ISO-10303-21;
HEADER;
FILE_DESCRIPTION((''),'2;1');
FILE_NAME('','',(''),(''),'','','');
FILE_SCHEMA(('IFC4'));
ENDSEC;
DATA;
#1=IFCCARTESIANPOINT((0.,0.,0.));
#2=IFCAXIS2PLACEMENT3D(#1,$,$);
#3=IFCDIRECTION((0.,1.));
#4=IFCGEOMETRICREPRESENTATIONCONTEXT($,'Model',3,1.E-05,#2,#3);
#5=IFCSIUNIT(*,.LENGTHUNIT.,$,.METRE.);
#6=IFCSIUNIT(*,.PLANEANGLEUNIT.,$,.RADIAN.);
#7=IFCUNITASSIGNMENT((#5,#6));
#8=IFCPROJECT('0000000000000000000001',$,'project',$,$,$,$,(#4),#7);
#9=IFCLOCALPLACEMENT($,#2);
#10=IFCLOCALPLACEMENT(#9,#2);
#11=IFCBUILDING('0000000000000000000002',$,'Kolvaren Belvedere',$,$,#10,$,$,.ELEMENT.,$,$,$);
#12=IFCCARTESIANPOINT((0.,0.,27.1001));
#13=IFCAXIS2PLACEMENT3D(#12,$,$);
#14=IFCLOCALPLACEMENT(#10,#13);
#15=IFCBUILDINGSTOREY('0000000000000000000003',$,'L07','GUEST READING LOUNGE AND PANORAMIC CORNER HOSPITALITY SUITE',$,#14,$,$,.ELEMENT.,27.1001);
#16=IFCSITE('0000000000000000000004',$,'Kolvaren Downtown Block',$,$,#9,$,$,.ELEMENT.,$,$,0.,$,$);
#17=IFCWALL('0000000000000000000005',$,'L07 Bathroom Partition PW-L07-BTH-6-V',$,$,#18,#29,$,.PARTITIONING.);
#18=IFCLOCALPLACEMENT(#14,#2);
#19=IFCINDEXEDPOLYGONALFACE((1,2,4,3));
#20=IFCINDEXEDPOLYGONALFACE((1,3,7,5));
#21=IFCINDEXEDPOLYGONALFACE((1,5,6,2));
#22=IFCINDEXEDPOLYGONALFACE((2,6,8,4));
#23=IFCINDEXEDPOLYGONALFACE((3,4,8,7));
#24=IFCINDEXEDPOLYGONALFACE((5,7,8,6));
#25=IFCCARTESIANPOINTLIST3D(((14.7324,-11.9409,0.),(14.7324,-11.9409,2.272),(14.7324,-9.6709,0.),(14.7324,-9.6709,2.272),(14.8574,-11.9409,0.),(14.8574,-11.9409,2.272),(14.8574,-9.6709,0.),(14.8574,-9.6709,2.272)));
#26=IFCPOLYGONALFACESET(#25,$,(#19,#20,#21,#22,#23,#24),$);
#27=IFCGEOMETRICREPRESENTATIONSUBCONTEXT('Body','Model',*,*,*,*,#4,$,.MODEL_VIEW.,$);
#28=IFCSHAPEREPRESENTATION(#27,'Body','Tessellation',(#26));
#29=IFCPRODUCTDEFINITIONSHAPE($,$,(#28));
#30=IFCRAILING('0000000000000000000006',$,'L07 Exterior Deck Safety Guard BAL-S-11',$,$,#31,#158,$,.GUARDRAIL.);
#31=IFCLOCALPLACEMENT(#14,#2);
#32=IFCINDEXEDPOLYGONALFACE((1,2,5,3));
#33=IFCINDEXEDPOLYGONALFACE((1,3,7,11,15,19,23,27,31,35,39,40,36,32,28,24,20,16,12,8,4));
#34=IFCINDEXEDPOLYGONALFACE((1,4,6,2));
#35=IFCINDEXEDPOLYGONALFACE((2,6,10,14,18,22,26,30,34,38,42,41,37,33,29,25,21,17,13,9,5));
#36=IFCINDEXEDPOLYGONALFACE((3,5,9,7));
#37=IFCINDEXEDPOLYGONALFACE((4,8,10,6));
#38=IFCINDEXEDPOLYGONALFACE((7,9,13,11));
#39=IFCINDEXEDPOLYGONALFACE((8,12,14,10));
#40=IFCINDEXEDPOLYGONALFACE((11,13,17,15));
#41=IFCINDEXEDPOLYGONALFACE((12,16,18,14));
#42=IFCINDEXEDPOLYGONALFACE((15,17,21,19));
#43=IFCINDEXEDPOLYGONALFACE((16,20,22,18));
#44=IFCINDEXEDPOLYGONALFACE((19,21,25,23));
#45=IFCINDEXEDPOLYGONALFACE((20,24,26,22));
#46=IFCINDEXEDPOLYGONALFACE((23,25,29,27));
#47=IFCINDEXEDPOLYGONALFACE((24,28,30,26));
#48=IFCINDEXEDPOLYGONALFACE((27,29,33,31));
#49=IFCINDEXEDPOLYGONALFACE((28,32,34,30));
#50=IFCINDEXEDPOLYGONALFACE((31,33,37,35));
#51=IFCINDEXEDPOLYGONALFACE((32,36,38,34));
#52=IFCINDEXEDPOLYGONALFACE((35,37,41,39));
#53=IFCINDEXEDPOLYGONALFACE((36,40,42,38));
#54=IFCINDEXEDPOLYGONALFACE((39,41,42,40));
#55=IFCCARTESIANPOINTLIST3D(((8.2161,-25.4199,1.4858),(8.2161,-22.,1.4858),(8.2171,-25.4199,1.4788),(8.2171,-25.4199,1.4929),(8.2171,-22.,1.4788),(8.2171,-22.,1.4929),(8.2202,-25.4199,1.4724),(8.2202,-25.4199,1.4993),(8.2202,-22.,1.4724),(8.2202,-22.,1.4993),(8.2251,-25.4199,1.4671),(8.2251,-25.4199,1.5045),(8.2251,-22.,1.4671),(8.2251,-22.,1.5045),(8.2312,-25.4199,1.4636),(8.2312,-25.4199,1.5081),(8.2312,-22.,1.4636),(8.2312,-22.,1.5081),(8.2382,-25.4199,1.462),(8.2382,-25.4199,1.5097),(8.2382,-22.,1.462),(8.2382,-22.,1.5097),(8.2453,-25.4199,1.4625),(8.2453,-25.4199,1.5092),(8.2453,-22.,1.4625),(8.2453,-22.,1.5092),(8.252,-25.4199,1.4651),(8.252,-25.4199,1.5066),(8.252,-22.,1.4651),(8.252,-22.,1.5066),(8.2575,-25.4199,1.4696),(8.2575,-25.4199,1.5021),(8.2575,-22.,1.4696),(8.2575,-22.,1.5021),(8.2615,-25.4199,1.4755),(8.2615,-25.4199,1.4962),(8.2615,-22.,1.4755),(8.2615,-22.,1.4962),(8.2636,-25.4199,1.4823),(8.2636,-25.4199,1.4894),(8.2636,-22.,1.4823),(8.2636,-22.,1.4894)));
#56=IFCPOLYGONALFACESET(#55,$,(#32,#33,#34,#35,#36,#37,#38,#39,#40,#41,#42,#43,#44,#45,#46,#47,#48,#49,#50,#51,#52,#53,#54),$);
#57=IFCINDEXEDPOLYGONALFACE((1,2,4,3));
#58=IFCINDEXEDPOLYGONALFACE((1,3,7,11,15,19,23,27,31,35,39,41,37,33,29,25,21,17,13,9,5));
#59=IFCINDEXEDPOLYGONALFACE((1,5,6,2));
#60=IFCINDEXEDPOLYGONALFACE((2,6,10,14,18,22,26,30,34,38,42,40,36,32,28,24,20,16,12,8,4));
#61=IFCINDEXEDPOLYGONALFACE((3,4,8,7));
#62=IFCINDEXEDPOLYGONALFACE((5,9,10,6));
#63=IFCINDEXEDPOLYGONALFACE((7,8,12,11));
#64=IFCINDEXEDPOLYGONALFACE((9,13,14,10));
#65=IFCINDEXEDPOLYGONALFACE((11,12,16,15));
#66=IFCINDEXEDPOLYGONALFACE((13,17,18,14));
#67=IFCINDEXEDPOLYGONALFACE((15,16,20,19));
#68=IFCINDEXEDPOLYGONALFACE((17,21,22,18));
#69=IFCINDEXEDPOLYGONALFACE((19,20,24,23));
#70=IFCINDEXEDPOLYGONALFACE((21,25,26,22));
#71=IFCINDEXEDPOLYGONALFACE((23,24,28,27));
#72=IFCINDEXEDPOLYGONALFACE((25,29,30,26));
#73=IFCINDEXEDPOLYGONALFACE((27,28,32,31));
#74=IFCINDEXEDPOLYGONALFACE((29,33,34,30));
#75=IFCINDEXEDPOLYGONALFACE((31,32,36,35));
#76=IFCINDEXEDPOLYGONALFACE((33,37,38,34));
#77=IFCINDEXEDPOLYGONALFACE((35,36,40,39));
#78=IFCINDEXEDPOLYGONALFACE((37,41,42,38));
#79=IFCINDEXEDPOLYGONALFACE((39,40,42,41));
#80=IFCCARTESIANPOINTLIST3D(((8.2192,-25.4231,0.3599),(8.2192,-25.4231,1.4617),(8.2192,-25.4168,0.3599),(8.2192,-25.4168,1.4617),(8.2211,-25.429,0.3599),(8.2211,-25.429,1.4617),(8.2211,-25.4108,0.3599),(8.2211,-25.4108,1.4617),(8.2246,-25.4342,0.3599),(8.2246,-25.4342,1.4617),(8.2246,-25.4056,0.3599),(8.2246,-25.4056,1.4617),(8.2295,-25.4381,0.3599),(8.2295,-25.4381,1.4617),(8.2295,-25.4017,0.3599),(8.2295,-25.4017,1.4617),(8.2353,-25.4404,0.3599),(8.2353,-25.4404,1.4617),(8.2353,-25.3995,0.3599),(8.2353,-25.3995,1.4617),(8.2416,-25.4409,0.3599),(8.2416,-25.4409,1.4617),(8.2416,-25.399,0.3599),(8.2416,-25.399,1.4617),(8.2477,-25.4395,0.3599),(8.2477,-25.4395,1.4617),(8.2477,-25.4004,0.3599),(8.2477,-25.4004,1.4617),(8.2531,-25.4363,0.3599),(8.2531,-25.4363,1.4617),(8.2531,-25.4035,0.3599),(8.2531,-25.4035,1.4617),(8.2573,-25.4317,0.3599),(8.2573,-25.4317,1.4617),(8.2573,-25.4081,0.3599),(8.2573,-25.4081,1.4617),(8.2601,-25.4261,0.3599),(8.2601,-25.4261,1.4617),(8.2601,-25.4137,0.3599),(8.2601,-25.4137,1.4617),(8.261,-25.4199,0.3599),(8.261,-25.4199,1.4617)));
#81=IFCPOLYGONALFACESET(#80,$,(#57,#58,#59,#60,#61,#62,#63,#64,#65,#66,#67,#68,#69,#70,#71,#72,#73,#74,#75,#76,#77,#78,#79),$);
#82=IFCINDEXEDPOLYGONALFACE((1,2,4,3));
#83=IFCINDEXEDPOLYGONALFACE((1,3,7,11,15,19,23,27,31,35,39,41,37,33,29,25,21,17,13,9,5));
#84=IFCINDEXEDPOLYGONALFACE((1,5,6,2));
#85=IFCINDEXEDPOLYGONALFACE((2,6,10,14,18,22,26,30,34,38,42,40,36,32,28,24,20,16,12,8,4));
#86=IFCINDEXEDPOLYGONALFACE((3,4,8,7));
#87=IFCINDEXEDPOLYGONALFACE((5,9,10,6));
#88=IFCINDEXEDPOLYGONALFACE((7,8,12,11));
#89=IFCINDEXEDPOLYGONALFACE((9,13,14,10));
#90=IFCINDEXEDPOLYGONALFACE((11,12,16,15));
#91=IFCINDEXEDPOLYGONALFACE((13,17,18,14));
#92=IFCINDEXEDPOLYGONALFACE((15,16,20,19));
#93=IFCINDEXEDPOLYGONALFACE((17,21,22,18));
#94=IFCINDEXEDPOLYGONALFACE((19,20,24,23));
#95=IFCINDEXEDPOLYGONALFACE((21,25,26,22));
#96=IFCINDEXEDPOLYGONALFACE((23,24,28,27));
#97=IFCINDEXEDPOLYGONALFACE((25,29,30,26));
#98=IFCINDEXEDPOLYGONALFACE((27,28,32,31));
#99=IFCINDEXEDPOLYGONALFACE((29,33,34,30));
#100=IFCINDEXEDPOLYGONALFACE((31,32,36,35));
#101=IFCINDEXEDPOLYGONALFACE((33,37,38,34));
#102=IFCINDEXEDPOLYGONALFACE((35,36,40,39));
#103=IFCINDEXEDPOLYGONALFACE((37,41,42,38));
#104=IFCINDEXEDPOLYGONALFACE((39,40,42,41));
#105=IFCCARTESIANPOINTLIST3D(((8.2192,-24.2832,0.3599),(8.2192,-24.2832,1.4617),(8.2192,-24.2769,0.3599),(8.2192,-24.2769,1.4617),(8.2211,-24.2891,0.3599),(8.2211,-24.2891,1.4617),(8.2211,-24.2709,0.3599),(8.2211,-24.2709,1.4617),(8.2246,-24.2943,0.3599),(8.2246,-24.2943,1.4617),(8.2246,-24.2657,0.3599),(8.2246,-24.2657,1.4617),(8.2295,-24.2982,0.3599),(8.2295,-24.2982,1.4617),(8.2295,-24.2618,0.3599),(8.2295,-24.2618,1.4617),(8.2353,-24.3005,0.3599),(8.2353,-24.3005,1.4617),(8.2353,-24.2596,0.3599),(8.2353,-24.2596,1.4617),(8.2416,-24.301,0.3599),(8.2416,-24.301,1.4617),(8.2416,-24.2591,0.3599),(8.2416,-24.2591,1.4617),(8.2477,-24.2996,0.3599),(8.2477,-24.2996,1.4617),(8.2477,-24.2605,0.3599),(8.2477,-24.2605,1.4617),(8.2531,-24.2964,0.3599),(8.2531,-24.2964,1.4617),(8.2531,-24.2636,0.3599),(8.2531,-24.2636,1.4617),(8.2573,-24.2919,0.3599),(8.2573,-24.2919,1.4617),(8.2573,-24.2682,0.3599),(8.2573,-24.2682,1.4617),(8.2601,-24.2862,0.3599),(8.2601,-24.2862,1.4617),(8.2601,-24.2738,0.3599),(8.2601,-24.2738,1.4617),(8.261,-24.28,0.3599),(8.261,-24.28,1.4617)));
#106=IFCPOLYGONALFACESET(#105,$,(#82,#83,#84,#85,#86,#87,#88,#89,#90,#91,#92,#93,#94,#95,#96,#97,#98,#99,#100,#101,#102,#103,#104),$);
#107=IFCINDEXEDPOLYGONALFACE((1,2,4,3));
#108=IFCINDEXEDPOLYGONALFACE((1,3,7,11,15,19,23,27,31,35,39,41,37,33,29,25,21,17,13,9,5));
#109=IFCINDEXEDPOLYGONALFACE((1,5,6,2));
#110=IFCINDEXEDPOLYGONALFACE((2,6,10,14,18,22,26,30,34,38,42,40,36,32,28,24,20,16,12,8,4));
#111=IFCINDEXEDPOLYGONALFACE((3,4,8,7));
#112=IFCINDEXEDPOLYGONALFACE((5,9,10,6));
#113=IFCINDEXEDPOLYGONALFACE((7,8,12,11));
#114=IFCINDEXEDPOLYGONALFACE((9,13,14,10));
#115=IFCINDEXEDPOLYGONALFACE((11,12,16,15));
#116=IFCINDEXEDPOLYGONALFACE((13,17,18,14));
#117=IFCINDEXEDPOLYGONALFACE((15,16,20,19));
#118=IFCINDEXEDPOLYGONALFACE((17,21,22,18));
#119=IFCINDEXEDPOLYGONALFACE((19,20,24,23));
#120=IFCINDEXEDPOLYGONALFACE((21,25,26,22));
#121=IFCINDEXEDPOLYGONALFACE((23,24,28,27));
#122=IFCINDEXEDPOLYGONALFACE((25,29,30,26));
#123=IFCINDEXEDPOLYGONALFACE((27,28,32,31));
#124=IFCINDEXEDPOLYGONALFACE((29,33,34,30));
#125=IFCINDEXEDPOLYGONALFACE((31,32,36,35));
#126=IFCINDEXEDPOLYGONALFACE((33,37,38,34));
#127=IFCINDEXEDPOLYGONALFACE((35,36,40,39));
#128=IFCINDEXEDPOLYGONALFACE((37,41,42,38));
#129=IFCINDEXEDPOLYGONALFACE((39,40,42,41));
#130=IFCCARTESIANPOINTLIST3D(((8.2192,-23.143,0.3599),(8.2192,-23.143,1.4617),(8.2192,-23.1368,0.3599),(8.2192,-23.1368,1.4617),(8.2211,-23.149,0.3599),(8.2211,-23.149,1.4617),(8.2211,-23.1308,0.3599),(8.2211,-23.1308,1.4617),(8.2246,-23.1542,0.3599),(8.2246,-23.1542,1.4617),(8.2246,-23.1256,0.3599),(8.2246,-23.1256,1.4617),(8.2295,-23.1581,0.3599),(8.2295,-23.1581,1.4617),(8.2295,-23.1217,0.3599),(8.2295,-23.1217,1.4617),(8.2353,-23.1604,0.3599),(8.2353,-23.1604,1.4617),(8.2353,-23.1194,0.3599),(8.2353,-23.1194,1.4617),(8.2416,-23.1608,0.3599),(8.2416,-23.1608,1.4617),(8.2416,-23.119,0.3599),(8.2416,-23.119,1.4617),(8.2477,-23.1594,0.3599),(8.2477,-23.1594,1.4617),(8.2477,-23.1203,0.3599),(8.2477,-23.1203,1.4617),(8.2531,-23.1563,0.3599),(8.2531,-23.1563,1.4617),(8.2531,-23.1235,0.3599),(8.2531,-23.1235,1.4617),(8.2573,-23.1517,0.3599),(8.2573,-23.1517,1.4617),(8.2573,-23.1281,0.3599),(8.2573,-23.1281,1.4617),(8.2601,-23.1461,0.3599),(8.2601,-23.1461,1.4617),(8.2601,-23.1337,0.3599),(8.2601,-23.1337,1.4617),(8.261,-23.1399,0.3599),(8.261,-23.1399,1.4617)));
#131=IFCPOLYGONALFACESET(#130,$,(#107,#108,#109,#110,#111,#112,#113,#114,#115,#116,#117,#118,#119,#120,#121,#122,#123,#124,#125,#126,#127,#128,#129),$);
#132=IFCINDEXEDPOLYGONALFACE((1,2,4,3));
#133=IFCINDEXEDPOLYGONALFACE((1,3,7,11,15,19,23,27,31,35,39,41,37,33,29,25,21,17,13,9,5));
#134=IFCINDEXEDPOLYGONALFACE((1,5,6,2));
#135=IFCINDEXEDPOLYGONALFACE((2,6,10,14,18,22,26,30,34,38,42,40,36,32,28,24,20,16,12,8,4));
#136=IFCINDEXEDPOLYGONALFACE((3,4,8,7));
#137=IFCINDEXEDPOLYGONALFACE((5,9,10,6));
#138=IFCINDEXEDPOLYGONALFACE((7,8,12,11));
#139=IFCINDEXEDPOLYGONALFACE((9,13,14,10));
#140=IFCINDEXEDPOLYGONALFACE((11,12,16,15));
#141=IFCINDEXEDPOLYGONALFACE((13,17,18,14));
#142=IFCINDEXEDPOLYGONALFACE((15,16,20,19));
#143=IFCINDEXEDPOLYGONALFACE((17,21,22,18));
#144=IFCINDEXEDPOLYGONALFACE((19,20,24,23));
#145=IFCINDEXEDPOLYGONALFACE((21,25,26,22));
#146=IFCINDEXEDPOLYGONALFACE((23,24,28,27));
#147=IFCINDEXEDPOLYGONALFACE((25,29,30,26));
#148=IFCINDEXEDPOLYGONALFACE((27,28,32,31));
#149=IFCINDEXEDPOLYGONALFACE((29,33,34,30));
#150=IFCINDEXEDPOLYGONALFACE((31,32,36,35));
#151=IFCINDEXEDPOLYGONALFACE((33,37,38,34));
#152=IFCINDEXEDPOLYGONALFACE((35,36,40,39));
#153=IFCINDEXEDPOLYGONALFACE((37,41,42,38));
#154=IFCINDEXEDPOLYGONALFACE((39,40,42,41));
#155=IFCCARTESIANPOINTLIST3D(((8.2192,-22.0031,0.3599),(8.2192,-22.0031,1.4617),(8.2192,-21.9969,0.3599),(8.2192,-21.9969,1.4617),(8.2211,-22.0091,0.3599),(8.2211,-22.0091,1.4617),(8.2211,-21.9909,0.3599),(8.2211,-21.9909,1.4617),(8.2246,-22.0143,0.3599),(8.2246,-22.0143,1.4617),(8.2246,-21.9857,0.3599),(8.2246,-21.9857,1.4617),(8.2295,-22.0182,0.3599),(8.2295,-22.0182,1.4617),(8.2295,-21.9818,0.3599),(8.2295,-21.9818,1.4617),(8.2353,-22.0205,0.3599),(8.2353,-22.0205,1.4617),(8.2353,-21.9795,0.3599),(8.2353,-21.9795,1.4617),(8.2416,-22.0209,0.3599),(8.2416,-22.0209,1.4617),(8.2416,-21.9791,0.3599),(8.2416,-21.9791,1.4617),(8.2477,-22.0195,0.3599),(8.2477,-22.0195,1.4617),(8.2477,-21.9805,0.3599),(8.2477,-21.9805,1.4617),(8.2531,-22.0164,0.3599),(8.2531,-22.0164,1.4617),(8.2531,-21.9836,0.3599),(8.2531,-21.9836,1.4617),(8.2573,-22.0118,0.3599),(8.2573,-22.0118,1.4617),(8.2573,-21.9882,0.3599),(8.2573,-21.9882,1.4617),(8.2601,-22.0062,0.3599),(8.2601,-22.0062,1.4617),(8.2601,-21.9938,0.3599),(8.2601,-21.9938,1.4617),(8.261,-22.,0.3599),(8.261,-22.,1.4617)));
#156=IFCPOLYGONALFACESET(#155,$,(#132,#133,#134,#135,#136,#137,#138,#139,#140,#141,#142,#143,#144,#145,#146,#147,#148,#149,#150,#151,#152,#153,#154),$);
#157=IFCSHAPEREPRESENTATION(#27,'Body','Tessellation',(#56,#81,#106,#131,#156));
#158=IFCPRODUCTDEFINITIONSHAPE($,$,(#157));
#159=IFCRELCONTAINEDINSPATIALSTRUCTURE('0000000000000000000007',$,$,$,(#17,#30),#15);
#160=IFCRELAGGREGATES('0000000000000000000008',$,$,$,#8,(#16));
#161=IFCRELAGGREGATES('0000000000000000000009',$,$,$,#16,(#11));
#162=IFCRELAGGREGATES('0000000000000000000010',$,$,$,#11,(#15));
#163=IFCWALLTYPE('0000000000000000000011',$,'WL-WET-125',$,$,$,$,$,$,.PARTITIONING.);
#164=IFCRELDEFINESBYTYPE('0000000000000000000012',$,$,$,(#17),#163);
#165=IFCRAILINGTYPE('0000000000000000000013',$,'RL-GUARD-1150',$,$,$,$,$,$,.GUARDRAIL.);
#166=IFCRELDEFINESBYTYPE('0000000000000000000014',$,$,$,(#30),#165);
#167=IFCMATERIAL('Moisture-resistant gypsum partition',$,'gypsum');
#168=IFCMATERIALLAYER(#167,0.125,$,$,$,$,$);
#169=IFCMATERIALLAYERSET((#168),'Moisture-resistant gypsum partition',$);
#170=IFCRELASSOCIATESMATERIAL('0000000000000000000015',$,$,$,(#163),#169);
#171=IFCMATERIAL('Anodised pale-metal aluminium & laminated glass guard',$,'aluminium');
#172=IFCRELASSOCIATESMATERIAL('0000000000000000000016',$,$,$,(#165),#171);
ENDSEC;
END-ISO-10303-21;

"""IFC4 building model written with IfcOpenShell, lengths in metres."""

from ifc_helpers import new_model, si_unit, direction, frame, frame_2d, origin, origin_2d, place, context, subcontext, project, spatial, rectangle, circle, extrude, material, layer, layer_set, type_object, element, save


model = new_model("IFC4")

# Units and contexts
model_context = context("Model", 3, precision=1e-05, world=origin(), true_north=direction((0.0, 1.0)))
body_context = subcontext(model_context, "Body", "Model", "MODEL_VIEW")
ifc_project = project(units=[si_unit("LENGTHUNIT", "METRE"), si_unit("PLANEANGLEUNIT", "RADIAN")], contexts=[model_context])

# Site, building, storey
site_placement = place(None, origin())
site = spatial("IfcSite", under=ifc_project, at=site_placement, Name="Kolvaren Downtown Block", CompositionType="ELEMENT", RefElevation=0.0)
building_placement = place(site_placement, origin())
building = spatial("IfcBuilding", under=site, at=building_placement, Name="Kolvaren Belvedere", CompositionType="ELEMENT")
storey_placement = place(building_placement, frame((0.0, 0.0, 27.1001)))
storey = spatial("IfcBuildingStorey", under=building, at=storey_placement, Name="L07", Description="GUEST READING LOUNGE AND PANORAMIC CORNER HOSPITALITY SUITE", CompositionType="ELEMENT", Elevation=27.1001)

# Wall
ifc_material_1 = material(Name="Moisture-resistant gypsum partition", Category="gypsum")
ifc_layer_1 = layer(ifc_material_1, 0.125)
ifc_layer_set_1 = layer_set([ifc_layer_1], Name="Moisture-resistant gypsum partition")
wall_type_1 = type_object("IfcWallType", Name="WL-WET-125", PredefinedType="PARTITIONING", material=ifc_layer_set_1)
wall_1_placement = place(storey_placement, frame((14.7949, -11.9409, 0.0), z_axis=(0.0, 0.0, 1.0), x_axis=(0.0, 1.0, 0.0)))
element("IfcWall", 1, at=wall_1_placement, inside=storey, type_object=wall_type_1, Name="L07 Bathroom Partition PW-L07-BTH-6-V", PredefinedType="PARTITIONING", context=body_context, shape_type="SweptSolid", body=[
    extrude(rectangle(XDim=2.27, YDim=0.125, at=frame_2d((1.135, 0.0))), origin(), (0.0, 0.0, 1.0), 2.272),
])

# Railing
ifc_material_2 = material(Name="Anodised pale-metal aluminium & laminated glass guard", Category="aluminium")
railing_type = type_object("IfcRailingType", Name="RL-GUARD-1150", PredefinedType="GUARDRAIL", material=ifc_material_2)
railing_placement = place(storey_placement, frame((8.24, -25.4199, 0.3599)))
element("IfcRailing", 2, at=railing_placement, inside=storey, type_object=railing_type, Name="L07 Exterior Deck Safety Guard BAL-S-11", PredefinedType="GUARDRAIL", context=body_context, shape_type="SweptSolid", body=[
    extrude(circle(Radius=0.0239, at=origin_2d()), frame((0.0, 0.0, 1.126), z_axis=(0.0, 1.0, 0.0), x_axis=(-1.0, 0.0, 0.0)), (0.0, 0.0, 1.0), 3.4199),
    extrude(circle(Radius=0.021, at=origin_2d()), origin(), (0.0, 0.0, 1.0), 1.1018),
    extrude(circle(Radius=0.021, at=origin_2d()), frame((0.0, 1.1399, 0.0)), (0.0, 0.0, 1.0), 1.1018),
    extrude(circle(Radius=0.021, at=origin_2d()), frame((0.0, 2.28, 0.0)), (0.0, 0.0, 1.0), 1.1018),
    extrude(circle(Radius=0.021, at=origin_2d()), frame((0.0, 3.4199, 0.0)), (0.0, 0.0, 1.0), 1.1018),
])

save(model, "model.ifc")
